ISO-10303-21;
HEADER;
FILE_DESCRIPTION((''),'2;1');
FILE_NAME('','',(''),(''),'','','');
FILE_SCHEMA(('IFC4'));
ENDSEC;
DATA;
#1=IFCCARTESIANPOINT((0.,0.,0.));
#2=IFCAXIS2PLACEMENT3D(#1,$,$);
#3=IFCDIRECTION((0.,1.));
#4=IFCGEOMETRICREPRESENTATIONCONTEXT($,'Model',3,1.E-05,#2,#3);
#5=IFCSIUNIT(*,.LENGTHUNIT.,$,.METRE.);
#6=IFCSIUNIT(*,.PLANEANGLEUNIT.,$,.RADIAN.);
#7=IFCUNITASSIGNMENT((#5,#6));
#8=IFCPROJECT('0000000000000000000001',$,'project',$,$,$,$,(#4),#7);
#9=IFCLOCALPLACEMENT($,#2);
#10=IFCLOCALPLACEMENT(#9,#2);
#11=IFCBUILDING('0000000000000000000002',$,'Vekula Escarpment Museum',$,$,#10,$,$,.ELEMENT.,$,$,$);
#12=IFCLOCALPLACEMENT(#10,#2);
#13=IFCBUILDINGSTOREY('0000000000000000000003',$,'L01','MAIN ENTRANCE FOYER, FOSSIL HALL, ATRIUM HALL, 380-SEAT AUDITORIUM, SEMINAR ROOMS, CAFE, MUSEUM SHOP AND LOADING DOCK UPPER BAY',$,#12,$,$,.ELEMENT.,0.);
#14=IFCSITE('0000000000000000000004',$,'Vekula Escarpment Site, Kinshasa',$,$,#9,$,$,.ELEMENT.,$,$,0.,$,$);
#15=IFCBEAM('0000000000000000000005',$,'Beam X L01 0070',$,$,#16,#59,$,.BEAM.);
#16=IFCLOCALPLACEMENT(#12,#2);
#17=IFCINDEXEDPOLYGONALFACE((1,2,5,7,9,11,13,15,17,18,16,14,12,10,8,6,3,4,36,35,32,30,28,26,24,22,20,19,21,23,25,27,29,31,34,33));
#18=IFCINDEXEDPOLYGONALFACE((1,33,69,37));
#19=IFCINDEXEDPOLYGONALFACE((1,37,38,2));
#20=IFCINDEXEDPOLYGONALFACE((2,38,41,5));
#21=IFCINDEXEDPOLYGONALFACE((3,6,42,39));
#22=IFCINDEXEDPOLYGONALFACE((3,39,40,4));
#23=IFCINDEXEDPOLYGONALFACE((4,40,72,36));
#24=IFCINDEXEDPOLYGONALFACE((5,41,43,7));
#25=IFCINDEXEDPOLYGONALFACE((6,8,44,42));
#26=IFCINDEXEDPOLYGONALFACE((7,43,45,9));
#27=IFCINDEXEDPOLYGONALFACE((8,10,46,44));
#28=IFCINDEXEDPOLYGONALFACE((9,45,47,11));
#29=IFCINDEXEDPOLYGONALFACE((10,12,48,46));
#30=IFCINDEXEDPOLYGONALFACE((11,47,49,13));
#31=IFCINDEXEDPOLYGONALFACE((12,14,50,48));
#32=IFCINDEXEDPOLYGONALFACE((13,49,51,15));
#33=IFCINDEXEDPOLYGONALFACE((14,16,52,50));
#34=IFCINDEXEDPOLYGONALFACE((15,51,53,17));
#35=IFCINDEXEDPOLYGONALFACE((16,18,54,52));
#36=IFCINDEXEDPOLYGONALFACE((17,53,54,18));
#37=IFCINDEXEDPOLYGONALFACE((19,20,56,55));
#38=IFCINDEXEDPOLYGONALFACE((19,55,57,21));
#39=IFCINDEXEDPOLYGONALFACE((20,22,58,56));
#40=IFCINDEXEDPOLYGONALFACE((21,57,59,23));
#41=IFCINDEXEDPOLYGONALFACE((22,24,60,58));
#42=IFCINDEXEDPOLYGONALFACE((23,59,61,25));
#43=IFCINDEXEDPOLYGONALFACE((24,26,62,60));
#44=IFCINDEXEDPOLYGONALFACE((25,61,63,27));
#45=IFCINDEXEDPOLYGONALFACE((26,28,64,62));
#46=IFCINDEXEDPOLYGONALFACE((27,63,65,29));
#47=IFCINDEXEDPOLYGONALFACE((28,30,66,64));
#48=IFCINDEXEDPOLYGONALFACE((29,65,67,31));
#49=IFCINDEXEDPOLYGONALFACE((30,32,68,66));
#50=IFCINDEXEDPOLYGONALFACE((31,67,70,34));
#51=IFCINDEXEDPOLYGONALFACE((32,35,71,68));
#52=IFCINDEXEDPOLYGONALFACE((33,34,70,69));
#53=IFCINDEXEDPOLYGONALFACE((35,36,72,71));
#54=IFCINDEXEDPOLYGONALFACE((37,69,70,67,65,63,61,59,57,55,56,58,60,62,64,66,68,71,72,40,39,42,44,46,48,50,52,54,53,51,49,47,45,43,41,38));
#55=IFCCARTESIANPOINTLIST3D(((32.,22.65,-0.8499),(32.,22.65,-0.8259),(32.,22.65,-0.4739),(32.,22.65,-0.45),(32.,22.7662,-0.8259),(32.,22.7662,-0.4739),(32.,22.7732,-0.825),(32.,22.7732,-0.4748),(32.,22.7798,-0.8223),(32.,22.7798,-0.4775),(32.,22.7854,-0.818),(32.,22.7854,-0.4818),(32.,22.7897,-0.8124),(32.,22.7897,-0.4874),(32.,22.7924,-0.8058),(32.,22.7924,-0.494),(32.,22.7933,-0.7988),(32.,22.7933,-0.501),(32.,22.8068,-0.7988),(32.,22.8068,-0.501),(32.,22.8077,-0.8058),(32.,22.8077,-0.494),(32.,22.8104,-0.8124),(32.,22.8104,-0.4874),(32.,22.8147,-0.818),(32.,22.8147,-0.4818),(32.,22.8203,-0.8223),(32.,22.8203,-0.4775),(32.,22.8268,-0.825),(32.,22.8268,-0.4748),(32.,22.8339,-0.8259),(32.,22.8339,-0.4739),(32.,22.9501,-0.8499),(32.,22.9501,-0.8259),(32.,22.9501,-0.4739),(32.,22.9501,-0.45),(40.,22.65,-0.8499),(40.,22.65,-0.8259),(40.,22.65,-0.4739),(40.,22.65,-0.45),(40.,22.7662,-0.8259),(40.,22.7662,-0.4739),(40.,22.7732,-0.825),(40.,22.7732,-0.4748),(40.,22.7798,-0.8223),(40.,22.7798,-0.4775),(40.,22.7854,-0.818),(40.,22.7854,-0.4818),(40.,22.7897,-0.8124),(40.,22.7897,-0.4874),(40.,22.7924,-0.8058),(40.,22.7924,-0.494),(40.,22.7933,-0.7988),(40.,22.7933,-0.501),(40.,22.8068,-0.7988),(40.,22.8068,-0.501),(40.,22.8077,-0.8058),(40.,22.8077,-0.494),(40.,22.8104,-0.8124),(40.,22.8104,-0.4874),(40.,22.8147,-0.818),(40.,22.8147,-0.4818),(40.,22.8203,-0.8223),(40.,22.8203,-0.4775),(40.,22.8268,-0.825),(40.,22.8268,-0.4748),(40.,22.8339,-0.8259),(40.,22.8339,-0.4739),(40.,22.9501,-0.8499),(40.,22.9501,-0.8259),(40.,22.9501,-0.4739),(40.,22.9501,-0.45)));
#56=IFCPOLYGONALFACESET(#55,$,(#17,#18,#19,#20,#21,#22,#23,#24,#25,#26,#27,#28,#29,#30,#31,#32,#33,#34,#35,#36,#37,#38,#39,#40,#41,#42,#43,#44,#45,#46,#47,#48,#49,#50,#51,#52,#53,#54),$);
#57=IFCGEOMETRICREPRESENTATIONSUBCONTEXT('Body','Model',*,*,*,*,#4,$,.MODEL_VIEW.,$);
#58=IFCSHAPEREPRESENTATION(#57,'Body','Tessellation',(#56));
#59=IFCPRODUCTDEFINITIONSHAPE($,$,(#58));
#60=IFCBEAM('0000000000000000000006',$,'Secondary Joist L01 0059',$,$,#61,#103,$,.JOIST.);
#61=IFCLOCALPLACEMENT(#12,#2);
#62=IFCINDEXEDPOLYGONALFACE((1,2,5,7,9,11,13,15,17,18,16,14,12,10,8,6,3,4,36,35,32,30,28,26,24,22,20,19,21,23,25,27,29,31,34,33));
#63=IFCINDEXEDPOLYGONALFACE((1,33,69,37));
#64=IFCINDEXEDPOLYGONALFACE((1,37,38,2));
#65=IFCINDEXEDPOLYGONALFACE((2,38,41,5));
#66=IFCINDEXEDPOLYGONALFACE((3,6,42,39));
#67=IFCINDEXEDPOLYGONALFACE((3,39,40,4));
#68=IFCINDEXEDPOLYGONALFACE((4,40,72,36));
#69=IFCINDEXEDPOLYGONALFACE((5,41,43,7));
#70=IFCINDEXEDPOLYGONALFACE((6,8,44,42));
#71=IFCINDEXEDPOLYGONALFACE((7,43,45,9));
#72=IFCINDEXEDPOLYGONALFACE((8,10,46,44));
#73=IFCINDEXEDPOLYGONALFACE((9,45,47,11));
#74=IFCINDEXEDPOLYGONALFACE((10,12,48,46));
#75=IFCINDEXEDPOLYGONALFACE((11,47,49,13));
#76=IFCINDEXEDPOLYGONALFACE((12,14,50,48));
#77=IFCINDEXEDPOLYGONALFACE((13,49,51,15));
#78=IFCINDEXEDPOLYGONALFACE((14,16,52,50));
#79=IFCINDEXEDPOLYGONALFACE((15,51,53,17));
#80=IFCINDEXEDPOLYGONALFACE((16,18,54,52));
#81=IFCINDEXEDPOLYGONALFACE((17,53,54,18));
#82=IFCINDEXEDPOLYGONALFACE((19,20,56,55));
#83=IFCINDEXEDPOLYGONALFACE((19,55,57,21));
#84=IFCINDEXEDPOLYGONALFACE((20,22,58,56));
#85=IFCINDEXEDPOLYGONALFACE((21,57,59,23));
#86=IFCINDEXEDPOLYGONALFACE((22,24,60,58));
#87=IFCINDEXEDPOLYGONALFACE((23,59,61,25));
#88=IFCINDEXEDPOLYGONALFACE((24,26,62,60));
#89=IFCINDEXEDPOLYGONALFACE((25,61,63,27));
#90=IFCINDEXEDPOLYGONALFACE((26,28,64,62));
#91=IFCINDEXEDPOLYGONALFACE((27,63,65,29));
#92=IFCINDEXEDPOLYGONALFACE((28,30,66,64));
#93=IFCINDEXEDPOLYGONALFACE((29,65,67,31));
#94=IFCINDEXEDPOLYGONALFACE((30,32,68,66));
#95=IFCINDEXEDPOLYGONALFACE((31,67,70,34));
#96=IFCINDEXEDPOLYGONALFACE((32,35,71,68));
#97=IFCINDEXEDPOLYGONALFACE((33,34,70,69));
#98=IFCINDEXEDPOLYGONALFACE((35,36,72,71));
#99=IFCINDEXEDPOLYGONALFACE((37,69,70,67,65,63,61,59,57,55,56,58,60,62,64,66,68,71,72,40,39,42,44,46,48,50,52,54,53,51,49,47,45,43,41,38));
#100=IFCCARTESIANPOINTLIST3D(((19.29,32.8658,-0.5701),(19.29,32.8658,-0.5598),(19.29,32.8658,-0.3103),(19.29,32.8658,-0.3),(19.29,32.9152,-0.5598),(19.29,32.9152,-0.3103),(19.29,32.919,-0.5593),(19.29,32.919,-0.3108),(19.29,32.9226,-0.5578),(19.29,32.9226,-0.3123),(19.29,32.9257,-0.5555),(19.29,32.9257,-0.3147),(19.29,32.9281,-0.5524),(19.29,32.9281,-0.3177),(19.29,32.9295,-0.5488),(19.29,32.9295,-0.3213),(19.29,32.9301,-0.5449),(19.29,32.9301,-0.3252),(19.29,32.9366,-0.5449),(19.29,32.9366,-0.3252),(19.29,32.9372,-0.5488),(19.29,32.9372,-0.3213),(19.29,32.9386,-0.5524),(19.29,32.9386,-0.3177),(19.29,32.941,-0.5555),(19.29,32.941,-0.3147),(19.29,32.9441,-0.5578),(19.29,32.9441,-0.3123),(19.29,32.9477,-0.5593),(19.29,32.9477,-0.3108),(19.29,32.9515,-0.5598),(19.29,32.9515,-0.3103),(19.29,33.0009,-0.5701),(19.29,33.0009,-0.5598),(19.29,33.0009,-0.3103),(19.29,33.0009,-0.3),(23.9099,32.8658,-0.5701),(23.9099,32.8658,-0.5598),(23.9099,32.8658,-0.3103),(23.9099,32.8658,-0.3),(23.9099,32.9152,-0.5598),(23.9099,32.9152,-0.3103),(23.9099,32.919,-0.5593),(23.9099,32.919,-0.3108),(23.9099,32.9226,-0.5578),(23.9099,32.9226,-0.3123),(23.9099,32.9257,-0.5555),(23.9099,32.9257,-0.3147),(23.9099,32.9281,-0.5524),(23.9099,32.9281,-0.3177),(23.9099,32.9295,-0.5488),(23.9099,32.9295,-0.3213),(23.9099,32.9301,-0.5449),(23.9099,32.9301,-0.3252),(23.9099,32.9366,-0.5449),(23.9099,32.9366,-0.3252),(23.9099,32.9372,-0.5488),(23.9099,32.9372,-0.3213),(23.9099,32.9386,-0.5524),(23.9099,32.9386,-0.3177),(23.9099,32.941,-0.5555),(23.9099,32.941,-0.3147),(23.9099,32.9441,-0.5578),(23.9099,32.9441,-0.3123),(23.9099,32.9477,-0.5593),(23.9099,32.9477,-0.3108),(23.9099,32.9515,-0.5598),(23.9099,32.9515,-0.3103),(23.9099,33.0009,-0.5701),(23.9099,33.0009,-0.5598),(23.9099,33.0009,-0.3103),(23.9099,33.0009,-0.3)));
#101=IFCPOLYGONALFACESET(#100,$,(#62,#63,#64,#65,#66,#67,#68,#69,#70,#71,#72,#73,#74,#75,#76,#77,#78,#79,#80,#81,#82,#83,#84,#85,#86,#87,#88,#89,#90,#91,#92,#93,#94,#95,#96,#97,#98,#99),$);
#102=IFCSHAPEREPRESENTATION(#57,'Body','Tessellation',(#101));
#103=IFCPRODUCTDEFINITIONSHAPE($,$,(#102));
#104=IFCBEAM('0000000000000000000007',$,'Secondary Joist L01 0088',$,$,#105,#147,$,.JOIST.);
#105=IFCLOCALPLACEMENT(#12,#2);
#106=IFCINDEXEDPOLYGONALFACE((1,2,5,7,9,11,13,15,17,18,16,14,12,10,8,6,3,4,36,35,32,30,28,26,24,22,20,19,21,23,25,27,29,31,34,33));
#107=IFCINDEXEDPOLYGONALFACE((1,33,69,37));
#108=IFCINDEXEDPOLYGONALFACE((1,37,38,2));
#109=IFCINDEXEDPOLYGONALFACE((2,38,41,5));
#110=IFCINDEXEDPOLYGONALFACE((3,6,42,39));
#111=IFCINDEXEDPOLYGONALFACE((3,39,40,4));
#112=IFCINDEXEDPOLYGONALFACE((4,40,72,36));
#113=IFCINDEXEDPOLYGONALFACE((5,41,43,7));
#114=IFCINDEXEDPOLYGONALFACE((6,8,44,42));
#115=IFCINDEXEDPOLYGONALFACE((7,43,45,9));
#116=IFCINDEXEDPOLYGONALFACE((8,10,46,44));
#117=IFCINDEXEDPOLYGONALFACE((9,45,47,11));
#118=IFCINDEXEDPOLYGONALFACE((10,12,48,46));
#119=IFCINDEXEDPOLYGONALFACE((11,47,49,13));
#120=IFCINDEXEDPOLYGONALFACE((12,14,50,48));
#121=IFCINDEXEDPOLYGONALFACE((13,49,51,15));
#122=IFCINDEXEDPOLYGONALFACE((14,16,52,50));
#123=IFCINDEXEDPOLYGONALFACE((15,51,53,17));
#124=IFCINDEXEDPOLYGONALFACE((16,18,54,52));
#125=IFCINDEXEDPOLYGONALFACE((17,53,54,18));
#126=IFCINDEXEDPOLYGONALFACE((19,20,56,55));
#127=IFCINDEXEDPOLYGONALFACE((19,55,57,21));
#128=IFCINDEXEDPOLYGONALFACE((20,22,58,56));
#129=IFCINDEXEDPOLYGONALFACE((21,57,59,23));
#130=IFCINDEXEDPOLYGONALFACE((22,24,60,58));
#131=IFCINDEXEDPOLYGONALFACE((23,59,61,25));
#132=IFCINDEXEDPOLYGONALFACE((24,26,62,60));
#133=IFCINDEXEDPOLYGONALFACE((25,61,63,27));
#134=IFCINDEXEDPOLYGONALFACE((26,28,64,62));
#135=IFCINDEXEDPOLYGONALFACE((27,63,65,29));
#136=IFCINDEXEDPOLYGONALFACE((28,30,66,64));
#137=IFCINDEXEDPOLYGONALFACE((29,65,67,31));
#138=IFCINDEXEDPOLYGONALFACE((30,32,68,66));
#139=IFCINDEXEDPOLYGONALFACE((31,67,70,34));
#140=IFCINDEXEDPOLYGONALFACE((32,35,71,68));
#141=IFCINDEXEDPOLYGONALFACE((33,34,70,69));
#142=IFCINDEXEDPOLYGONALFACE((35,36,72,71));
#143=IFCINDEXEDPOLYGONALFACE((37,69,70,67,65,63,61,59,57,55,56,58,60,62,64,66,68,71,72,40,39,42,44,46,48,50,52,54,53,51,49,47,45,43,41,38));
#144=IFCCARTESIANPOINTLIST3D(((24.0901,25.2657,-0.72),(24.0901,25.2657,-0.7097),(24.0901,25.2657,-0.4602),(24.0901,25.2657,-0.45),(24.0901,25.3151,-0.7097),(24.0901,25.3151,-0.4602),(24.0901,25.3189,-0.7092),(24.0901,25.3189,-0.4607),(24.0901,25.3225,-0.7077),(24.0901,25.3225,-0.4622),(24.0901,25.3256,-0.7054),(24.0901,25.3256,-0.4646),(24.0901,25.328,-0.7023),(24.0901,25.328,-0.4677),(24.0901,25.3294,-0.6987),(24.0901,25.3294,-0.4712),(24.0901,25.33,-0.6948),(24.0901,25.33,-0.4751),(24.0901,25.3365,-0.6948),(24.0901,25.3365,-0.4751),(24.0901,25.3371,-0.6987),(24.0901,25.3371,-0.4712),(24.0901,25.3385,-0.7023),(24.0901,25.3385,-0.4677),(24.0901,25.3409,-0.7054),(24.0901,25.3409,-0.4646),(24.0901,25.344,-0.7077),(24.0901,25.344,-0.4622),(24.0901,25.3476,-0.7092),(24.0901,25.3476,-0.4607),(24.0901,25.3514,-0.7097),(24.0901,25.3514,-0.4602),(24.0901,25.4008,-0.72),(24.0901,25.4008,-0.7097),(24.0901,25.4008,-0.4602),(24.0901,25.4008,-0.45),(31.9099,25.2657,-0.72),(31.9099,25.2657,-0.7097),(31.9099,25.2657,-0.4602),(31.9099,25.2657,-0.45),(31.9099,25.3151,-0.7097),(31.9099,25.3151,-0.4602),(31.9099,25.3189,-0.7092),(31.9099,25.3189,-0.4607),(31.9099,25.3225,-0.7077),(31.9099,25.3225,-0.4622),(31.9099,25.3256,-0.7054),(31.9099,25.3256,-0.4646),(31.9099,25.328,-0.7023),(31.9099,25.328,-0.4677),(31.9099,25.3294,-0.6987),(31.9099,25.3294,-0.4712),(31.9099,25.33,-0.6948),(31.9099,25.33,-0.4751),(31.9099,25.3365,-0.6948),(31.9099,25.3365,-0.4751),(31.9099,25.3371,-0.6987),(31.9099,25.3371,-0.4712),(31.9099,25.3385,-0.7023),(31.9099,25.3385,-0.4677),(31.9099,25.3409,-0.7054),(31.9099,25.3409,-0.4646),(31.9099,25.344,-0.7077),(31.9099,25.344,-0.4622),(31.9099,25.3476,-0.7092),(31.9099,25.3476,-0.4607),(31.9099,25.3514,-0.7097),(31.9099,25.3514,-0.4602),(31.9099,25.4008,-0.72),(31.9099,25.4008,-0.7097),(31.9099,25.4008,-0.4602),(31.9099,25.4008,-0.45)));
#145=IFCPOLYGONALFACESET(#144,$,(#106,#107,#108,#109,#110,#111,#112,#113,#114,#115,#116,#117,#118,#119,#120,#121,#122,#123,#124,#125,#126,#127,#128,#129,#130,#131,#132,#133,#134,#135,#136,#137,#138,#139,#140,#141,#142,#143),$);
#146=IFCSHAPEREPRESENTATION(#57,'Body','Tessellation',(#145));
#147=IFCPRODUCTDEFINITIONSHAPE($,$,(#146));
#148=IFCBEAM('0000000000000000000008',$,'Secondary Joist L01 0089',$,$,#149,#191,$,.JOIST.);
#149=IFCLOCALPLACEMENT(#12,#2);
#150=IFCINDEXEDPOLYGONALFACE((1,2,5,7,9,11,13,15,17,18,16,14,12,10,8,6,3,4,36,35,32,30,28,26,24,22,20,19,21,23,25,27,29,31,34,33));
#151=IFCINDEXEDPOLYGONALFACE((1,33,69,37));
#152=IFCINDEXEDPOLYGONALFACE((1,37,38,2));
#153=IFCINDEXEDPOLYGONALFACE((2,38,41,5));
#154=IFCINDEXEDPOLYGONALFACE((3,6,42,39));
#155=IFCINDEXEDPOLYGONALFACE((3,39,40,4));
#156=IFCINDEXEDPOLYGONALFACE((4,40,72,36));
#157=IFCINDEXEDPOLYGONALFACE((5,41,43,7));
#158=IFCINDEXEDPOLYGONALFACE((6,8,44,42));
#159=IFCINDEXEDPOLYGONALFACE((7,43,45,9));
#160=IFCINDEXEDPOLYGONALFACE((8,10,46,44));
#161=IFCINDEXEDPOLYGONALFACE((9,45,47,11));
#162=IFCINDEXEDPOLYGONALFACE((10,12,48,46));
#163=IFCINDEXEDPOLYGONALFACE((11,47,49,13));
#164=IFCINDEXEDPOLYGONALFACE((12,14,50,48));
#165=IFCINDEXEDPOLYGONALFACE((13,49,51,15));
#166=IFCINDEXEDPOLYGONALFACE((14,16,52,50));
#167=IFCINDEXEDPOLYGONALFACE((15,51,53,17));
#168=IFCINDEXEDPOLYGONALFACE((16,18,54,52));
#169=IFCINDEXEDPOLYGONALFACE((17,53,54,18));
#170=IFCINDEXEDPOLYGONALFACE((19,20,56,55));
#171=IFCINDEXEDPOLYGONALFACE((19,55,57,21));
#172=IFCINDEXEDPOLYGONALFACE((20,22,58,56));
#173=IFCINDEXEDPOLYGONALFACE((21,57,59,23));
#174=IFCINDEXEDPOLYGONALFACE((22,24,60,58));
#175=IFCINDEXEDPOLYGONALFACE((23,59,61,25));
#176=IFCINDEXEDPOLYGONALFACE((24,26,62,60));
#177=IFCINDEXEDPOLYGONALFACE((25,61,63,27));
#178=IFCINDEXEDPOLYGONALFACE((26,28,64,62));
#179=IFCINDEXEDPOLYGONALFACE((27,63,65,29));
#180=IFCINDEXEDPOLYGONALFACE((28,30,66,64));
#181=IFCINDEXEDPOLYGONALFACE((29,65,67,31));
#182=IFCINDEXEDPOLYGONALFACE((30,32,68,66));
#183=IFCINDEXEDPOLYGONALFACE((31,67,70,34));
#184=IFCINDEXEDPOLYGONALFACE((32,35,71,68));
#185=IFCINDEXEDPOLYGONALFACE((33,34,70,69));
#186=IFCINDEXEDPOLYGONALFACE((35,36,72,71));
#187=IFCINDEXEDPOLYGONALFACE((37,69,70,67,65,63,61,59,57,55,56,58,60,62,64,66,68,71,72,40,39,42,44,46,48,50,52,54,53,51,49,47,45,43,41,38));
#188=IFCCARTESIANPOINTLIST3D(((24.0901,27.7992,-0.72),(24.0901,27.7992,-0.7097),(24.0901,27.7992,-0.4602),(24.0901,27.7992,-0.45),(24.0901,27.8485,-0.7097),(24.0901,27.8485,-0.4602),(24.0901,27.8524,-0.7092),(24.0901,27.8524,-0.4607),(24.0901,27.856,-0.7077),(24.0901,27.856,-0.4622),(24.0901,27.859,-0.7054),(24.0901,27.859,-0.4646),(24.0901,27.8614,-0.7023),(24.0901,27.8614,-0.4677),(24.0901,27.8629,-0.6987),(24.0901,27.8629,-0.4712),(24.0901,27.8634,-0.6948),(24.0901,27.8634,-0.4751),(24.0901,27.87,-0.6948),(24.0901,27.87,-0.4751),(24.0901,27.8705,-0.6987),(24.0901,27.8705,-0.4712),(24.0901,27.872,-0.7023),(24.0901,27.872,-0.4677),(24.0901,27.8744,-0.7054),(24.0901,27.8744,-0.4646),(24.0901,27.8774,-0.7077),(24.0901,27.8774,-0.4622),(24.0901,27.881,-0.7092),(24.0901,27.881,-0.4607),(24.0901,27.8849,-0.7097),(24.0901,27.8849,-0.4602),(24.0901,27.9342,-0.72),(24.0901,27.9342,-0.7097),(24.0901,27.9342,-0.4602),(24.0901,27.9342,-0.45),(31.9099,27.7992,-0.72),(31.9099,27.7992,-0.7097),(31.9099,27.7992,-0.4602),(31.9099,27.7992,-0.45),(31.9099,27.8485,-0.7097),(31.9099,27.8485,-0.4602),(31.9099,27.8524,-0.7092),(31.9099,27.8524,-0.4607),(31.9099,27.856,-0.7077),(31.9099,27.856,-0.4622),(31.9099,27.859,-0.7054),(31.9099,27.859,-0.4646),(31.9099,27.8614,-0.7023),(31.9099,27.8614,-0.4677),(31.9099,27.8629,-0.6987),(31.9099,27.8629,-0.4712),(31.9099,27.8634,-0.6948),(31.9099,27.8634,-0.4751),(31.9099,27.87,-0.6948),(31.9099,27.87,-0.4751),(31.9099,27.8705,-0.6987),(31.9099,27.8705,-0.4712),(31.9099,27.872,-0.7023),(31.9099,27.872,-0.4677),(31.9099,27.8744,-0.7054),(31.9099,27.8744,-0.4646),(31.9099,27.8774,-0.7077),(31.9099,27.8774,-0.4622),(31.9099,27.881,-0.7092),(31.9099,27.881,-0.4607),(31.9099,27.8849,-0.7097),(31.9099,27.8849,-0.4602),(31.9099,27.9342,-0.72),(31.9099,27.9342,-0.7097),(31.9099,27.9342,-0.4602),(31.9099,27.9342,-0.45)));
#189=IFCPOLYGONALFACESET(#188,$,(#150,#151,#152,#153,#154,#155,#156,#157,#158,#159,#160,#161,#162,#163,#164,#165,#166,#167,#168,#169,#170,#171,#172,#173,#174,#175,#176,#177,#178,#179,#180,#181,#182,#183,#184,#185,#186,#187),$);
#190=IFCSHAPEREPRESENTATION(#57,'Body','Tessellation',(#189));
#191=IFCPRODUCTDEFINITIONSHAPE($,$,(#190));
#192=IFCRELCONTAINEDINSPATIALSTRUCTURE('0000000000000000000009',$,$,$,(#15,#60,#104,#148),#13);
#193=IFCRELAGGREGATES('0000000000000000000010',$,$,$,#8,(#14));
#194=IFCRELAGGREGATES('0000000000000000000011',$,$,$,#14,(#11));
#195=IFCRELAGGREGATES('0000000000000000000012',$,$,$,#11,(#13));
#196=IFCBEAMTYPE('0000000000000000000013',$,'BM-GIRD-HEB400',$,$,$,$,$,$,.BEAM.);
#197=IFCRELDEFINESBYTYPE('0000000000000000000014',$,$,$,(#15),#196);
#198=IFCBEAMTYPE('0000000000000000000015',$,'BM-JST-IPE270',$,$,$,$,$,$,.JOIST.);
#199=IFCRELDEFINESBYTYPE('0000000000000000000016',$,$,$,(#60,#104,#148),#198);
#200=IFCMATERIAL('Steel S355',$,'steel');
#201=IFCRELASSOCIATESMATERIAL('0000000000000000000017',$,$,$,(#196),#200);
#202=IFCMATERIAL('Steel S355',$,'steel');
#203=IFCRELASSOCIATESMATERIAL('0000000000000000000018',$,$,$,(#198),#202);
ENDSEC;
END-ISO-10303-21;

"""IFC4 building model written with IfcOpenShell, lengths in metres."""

from ifc_helpers import new_model, si_unit, direction, frame, origin, origin_2d, place, context, subcontext, project, spatial, i_section, extrude, material, material_profile, profile_set, type_object, element, save


model = new_model("IFC4")

# Units and contexts
model_context = context("Model", 3, precision=1e-05, world=origin(), true_north=direction((0.0, 1.0)))
body_context = subcontext(model_context, "Body", "Model", "MODEL_VIEW")
ifc_project = project(units=[si_unit("LENGTHUNIT", "METRE"), si_unit("PLANEANGLEUNIT", "RADIAN")], contexts=[model_context])

# Site, building, storey
site_placement = place(None, origin())
site = spatial("IfcSite", under=ifc_project, at=site_placement, Name="Vekula Escarpment Site, Kinshasa", CompositionType="ELEMENT", RefElevation=0.0)
building_placement = place(site_placement, origin())
building = spatial("IfcBuilding", under=site, at=building_placement, Name="Vekula Escarpment Museum", CompositionType="ELEMENT")
storey_placement = place(building_placement, origin())
storey = spatial("IfcBuildingStorey", under=building, at=storey_placement, Name="L01", Description="MAIN ENTRANCE FOYER, FOSSIL HALL, ATRIUM HALL, 380-SEAT AUDITORIUM, SEMINAR ROOMS, CAFE, MUSEUM SHOP AND LOADING DOCK UPPER BAY", CompositionType="ELEMENT", Elevation=0.0)

# Beams
ifc_material_1 = material(Name="Steel S355", Category="steel")
ifc_material_profile_1 = material_profile(ifc_material_1, i_section(OverallWidth=0.3, OverallDepth=0.3999, WebThickness=0.0134, FlangeThickness=0.0239, FilletRadius=0.0271, at=origin_2d()), Name="HEB 400")
ifc_profile_set_1 = profile_set([ifc_material_profile_1], Name="Steel S355")
beam_type_1 = type_object("IfcBeamType", Name="BM-GIRD-HEB400", PredefinedType="BEAM", material=ifc_profile_set_1)
beam_1_placement = place(storey_placement, frame((32.0, 22.8, -0.6499), z_axis=(1.0, 0.0, 0.0), x_axis=(0.0, 1.0, 0.0)))
element("IfcBeam", 1, at=beam_1_placement, inside=storey, type_object=beam_type_1, Name="Beam X L01 0070", PredefinedType="BEAM", context=body_context, shape_type="SweptSolid", body=[
    extrude(i_section(OverallWidth=0.3, OverallDepth=0.3999, WebThickness=0.0134, FlangeThickness=0.0239, FilletRadius=0.0271, at=origin_2d()), origin(), (0.0, 0.0, 1.0), 8.0),
])
ifc_material_2 = material(Name="Steel S355", Category="steel")
ifc_material_profile_2 = material_profile(ifc_material_2, i_section(OverallWidth=0.135, OverallDepth=0.27, WebThickness=0.0066, FlangeThickness=0.0103, FilletRadius=0.0149, at=origin_2d()), Name="IPE 270")
ifc_profile_set_2 = profile_set([ifc_material_profile_2], Name="Steel S355")
beam_type_2 = type_object("IfcBeamType", Name="BM-JST-IPE270", PredefinedType="JOIST", material=ifc_profile_set_2)
beam_2_placement = place(storey_placement, frame((19.29, 32.9333, -0.4351), z_axis=(1.0, 0.0, 0.0), x_axis=(0.0, 1.0, 0.0)))
element("IfcBeam", 2, at=beam_2_placement, inside=storey, type_object=beam_type_2, Name="Secondary Joist L01 0059", PredefinedType="JOIST", context=body_context, shape_type="SweptSolid", body=[
    extrude(i_section(OverallWidth=0.135, OverallDepth=0.27, WebThickness=0.0066, FlangeThickness=0.0103, FilletRadius=0.0149, at=origin_2d()), origin(), (0.0, 0.0, 1.0), 4.6199),
])
for number, where, z_axis, x_axis, name in (
    (3, (24.0901, 25.3333, -0.585), (1.0, 0.0, 0.0), (0.0, 1.0, 0.0), "Secondary Joist L01 0088"),
    (4, (24.0901, 27.8667, -0.585), (1.0, 0.0, 0.0), (0.0, 1.0, 0.0), "Secondary Joist L01 0089"),
):
    element("IfcBeam", number, at=place(storey_placement, frame(where, z_axis=z_axis, x_axis=x_axis)), inside=storey, type_object=beam_type_2, Name=name, PredefinedType="JOIST", context=body_context, shape_type="SweptSolid", body=[
        extrude(i_section(OverallWidth=0.135, OverallDepth=0.27, WebThickness=0.0066, FlangeThickness=0.0103, FilletRadius=0.0149, at=origin_2d()), origin(), (0.0, 0.0, 1.0), 7.8198),
    ])

save(model, "model.ifc")
